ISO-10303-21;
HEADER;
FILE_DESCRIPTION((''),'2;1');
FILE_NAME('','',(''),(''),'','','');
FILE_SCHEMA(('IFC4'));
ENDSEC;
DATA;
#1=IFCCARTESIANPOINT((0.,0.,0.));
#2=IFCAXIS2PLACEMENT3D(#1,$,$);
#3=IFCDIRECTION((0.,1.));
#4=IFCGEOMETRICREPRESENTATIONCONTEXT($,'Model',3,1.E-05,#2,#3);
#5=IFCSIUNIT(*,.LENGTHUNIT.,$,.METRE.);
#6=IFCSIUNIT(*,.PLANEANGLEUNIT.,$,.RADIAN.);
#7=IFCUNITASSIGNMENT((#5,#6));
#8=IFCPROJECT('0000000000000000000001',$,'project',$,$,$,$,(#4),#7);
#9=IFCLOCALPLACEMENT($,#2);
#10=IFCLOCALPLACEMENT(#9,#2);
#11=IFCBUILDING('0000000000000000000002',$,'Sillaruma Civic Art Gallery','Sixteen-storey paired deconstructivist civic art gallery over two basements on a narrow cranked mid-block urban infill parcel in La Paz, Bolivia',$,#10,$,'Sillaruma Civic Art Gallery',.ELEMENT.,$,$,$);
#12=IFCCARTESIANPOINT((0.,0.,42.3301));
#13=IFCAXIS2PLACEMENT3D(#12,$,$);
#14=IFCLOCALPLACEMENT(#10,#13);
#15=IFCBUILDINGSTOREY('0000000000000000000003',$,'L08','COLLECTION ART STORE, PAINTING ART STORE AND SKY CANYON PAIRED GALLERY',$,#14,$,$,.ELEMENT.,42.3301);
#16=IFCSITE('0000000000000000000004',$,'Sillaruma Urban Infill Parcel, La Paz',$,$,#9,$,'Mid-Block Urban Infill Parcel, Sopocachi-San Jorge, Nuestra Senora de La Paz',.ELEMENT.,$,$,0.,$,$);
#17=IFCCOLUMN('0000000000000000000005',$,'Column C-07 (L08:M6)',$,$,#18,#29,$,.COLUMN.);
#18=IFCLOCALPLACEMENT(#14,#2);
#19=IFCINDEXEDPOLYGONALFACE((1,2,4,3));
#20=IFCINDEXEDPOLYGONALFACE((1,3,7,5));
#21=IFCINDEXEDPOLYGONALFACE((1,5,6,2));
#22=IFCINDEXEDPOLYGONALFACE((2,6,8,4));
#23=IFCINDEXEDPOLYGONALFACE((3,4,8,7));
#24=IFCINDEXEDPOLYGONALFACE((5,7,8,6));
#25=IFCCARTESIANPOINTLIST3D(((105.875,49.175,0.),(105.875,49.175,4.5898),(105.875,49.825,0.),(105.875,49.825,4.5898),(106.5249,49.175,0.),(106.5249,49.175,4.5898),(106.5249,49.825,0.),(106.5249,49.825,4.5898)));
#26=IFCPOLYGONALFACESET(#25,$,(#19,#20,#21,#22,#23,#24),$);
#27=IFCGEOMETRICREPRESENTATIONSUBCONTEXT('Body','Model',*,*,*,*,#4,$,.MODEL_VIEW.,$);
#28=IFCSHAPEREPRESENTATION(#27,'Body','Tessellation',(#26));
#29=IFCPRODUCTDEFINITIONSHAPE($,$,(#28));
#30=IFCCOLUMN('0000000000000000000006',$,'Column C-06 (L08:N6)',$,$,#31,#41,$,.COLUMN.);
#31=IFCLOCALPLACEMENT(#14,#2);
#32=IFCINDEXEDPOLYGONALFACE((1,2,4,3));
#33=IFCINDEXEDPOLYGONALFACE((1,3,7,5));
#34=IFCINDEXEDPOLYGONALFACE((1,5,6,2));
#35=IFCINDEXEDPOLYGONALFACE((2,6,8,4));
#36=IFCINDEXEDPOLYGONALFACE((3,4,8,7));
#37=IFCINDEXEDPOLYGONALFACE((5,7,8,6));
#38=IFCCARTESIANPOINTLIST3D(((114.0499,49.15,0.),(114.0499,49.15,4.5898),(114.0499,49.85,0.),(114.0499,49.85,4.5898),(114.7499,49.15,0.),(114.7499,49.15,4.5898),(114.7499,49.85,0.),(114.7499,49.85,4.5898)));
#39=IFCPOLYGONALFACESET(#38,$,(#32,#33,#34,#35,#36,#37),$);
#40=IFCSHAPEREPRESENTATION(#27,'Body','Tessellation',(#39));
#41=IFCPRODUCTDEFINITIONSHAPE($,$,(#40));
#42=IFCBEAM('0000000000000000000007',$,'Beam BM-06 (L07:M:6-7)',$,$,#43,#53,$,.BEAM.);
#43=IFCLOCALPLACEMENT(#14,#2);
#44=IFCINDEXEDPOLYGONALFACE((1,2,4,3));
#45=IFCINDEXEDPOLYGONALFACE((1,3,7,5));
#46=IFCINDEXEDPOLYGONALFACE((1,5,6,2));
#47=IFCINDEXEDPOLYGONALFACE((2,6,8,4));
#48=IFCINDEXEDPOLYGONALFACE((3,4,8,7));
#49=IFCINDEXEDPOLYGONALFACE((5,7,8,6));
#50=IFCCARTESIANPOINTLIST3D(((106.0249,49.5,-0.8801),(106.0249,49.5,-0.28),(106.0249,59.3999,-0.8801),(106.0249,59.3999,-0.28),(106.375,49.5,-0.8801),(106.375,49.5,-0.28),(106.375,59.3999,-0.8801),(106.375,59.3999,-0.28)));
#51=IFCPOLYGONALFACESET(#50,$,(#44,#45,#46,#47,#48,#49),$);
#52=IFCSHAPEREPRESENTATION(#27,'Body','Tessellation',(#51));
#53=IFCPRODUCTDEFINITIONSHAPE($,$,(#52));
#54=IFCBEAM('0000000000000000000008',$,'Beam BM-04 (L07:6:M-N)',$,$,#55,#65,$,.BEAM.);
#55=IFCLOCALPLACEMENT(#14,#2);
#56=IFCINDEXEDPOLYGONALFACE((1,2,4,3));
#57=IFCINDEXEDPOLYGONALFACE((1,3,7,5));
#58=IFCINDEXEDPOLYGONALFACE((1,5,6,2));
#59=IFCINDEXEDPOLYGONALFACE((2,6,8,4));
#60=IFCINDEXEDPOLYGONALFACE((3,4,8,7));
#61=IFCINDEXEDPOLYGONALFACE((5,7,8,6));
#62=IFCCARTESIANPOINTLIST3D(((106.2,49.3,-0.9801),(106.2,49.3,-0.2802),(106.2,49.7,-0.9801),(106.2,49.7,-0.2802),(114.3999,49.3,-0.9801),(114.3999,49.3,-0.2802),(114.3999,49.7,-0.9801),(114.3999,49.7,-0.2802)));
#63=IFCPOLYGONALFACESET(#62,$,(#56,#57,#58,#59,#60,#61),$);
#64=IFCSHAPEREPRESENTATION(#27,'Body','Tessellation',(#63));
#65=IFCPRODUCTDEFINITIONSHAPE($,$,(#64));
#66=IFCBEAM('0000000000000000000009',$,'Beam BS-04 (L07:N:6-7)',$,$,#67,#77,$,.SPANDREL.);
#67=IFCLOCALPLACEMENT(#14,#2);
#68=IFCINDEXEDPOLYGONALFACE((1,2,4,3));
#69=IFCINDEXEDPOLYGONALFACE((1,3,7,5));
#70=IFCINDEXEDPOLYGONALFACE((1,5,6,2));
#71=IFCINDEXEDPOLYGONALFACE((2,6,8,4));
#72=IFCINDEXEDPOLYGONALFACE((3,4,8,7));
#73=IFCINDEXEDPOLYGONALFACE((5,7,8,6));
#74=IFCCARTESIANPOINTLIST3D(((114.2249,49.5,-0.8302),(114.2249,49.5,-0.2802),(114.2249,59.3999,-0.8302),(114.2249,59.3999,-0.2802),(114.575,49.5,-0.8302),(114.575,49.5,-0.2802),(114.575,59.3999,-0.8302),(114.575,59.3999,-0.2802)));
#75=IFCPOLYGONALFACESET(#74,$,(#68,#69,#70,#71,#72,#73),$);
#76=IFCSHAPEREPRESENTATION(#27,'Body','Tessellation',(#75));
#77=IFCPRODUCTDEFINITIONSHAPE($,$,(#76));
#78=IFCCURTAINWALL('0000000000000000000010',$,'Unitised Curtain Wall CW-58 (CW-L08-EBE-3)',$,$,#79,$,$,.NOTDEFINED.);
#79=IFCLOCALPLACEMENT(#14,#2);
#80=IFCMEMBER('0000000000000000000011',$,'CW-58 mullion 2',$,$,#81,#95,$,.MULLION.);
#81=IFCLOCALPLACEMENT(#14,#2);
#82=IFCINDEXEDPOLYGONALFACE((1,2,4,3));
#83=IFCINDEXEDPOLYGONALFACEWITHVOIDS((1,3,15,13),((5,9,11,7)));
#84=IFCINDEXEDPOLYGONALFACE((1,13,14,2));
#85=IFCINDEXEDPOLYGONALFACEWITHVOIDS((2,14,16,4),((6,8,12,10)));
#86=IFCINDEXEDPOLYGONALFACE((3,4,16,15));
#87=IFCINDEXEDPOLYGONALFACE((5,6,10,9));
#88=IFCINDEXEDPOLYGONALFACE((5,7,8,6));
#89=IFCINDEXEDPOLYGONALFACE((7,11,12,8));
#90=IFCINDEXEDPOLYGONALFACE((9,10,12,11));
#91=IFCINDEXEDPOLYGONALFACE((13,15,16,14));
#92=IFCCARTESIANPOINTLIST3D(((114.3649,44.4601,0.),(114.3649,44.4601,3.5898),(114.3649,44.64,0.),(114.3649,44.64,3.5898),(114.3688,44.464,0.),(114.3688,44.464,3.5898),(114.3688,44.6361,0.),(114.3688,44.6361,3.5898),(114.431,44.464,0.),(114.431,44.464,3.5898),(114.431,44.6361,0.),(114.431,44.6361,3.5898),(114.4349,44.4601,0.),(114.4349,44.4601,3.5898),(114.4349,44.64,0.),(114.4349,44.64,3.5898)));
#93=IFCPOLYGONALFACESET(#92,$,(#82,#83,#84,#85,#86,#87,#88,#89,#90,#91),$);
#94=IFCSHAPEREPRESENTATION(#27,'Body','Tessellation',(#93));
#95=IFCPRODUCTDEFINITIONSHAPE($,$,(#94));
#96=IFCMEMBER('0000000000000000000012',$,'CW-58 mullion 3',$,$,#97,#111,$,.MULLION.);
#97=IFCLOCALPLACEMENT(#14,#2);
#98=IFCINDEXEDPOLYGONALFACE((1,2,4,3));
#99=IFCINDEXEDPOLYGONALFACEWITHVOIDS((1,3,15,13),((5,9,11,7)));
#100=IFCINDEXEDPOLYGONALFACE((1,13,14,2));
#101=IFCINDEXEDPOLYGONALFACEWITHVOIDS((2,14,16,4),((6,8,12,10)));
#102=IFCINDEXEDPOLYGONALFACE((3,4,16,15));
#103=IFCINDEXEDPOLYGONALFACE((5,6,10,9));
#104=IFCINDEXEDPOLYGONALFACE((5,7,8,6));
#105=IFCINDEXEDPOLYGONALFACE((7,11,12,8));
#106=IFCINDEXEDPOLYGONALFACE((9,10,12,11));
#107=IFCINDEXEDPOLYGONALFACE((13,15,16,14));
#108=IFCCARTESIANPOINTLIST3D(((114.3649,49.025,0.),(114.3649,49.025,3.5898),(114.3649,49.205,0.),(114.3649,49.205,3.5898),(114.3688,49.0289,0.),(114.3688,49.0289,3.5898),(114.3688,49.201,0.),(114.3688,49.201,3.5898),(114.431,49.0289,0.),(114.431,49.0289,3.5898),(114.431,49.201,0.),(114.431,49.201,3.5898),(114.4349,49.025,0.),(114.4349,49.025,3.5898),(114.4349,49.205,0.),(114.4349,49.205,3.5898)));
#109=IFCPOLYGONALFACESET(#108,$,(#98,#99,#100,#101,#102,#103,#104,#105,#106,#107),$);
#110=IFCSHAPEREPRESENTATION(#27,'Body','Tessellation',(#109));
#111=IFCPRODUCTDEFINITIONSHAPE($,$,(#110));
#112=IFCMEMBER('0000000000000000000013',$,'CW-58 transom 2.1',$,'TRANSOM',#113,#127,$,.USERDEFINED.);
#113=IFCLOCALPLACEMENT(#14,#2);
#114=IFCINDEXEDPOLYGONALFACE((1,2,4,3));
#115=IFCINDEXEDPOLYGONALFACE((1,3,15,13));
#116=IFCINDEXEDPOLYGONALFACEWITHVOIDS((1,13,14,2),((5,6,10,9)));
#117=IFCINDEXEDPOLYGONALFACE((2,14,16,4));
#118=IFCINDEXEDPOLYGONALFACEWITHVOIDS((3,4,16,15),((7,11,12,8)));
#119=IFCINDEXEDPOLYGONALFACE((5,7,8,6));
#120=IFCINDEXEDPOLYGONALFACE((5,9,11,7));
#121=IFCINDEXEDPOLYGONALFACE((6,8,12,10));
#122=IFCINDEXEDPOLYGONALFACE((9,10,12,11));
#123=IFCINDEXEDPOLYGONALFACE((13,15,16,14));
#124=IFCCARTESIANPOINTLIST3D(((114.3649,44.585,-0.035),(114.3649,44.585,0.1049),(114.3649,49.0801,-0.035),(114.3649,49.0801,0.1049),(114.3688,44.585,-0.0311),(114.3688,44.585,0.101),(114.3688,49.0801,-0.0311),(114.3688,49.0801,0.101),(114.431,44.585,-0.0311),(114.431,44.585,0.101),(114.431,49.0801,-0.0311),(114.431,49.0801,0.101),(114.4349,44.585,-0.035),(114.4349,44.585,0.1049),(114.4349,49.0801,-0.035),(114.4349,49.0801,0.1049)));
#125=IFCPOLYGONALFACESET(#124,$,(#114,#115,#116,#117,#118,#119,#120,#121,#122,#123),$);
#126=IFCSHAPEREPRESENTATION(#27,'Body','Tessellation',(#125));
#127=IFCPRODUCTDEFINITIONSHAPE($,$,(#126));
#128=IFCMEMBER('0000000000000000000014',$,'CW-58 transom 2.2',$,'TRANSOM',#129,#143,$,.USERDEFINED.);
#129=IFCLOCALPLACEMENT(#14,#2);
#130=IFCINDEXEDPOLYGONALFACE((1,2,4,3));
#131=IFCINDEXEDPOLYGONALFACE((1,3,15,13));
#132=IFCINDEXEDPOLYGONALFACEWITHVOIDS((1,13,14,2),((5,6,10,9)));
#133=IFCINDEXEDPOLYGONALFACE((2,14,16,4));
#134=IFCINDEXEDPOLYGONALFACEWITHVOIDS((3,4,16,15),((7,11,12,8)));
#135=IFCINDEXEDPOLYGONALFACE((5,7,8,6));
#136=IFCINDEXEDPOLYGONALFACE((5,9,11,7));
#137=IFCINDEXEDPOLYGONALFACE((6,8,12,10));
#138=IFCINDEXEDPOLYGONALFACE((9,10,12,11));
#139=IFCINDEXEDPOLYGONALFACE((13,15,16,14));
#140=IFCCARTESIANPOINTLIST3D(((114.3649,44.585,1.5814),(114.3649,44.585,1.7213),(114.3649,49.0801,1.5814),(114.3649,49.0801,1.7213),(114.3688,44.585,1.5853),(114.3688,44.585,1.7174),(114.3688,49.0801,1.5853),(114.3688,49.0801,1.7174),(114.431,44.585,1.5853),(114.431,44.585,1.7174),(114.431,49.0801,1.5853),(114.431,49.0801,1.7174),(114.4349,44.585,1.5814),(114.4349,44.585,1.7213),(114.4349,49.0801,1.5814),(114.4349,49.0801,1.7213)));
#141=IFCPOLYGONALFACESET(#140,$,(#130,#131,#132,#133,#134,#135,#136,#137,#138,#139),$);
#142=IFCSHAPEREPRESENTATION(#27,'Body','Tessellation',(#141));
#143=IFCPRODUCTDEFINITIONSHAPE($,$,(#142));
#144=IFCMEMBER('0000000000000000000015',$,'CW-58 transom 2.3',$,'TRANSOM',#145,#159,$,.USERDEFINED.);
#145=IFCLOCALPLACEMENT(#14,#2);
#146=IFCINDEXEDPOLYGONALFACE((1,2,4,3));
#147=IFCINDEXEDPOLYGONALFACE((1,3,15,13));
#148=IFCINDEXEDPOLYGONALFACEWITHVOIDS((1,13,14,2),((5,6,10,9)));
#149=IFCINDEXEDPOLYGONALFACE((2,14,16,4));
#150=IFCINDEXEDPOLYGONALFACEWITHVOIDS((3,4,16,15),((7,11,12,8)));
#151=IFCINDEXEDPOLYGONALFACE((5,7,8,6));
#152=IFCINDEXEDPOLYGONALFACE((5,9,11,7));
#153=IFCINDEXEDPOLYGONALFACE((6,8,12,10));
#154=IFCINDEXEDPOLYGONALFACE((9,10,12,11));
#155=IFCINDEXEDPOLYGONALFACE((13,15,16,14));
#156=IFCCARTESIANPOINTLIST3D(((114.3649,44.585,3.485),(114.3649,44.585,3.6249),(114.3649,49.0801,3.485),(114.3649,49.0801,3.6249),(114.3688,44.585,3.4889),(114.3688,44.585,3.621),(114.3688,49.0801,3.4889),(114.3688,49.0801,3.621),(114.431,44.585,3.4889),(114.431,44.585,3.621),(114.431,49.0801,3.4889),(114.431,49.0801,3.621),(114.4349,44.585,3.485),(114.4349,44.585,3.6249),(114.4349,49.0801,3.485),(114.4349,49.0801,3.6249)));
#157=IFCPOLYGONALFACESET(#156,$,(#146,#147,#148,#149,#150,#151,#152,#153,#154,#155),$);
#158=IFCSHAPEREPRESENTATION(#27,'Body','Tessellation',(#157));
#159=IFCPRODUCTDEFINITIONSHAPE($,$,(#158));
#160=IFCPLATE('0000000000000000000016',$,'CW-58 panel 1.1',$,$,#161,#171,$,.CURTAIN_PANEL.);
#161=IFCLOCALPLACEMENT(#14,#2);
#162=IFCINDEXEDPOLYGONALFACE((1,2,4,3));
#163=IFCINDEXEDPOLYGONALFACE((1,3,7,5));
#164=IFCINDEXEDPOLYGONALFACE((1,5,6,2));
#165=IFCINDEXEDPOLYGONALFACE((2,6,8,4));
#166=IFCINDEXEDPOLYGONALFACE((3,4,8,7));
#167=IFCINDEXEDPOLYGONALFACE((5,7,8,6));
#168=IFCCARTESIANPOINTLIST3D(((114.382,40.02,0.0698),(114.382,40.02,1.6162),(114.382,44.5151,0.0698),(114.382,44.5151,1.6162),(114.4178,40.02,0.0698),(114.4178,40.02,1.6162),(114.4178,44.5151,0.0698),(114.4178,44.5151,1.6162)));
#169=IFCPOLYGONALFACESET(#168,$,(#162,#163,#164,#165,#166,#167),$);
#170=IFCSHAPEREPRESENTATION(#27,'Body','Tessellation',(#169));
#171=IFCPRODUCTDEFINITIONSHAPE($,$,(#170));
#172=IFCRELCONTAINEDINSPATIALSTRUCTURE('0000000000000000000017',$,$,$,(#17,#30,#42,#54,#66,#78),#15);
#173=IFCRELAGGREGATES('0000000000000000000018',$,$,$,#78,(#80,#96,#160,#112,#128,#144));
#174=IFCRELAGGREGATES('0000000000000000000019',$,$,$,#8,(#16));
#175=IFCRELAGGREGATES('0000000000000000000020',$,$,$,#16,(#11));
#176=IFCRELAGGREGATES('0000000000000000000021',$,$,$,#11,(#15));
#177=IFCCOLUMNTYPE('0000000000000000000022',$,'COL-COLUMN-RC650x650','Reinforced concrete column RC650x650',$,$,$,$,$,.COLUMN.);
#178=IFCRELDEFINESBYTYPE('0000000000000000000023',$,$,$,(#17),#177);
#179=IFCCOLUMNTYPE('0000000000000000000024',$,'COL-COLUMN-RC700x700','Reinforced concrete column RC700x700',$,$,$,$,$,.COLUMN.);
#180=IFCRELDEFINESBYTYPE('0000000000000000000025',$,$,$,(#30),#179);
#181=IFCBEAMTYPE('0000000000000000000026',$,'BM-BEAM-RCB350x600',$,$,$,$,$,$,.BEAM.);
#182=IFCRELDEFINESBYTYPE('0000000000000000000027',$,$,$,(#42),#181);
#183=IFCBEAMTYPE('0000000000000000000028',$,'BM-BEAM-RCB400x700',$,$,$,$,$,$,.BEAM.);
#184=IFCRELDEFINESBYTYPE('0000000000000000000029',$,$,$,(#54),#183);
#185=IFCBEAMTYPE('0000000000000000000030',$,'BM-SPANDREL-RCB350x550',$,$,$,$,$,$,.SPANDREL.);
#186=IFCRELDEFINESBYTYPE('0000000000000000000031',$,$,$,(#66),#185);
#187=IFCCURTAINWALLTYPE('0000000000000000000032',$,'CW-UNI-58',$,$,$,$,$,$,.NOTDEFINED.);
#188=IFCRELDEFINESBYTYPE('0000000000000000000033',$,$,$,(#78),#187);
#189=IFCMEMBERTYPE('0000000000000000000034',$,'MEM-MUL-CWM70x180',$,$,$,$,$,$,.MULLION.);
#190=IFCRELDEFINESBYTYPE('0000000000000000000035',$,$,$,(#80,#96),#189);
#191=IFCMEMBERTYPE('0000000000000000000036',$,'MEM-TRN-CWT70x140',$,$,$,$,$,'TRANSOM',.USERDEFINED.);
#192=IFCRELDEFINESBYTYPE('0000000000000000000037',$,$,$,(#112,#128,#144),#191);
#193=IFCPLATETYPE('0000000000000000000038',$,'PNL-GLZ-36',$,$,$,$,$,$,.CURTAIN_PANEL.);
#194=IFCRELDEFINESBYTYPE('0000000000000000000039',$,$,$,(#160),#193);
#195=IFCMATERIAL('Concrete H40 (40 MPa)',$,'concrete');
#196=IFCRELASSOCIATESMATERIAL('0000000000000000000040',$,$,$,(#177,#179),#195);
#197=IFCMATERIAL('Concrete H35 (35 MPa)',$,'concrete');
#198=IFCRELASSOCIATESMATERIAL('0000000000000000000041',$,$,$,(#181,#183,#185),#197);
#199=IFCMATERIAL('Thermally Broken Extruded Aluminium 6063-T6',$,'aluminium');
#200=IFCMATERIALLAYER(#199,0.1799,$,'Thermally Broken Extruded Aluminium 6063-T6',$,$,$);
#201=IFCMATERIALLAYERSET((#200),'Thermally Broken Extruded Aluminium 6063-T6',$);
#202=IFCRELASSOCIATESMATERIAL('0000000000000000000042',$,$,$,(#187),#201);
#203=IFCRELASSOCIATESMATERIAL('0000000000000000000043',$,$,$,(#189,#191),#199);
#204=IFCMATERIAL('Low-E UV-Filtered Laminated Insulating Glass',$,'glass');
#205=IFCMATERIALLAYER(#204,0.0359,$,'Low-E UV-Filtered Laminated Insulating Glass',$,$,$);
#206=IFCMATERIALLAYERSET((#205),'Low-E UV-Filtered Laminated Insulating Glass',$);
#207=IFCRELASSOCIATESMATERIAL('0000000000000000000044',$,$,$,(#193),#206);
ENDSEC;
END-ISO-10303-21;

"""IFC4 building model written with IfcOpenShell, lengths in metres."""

from ifc_helpers import new_model, si_unit, direction, frame, origin, origin_2d, place, context, subcontext, project, spatial, rectangle, hollow_rectangle, extrude, material, layer, layer_set, material_profile, profile_set, type_object, element, aggregate, save


model = new_model("IFC4")

# Units and contexts
model_context = context("Model", 3, precision=1e-05, world=origin(), true_north=direction((0.0, 1.0)))
body_context = subcontext(model_context, "Body", "Model", "MODEL_VIEW")
ifc_project = project(units=[si_unit("LENGTHUNIT", "METRE"), si_unit("PLANEANGLEUNIT", "RADIAN")], contexts=[model_context])

# Site, building, storey
site_placement = place(None, origin())
site = spatial("IfcSite", under=ifc_project, at=site_placement, Name="Sillaruma Urban Infill Parcel, La Paz", LongName="Mid-Block Urban Infill Parcel, Sopocachi-San Jorge, Nuestra Senora de La Paz", CompositionType="ELEMENT", RefElevation=0.0)
building_placement = place(site_placement, origin())
building = spatial("IfcBuilding", under=site, at=building_placement, Name="Sillaruma Civic Art Gallery", Description="Sixteen-storey paired deconstructivist civic art gallery over two basements on a narrow cranked mid-block urban infill parcel in La Paz, Bolivia", LongName="Sillaruma Civic Art Gallery", CompositionType="ELEMENT")
storey_placement = place(building_placement, frame((0.0, 0.0, 42.3301)))
storey = spatial("IfcBuildingStorey", under=building, at=storey_placement, Name="L08", Description="COLLECTION ART STORE, PAINTING ART STORE AND SKY CANYON PAIRED GALLERY", CompositionType="ELEMENT", Elevation=42.3301)

# Columns
ifc_material_1 = material(Name="Concrete H40 (40 MPa)", Category="concrete")
ifc_material_profile_1 = material_profile(ifc_material_1, rectangle(XDim=0.6499, YDim=0.6499, at=origin_2d()), Name="RC650x650")
ifc_profile_set_1 = profile_set([ifc_material_profile_1], Name="Concrete H40 (40 MPa)")
column_type_1 = type_object("IfcColumnType", Name="COL-COLUMN-RC650x650", Description="Reinforced concrete column RC650x650", PredefinedType="COLUMN", material=ifc_profile_set_1)
column_1_placement = place(storey_placement, frame((106.2, 49.5, 0.0), z_axis=(0.0, 0.0, 1.0), x_axis=(1.0, 0.0, 0.0)))
element("IfcColumn", 1, at=column_1_placement, inside=storey, type_object=column_type_1, Name="Column C-07 (L08:M6)", PredefinedType="COLUMN", context=body_context, shape_type="SweptSolid", body=[
    extrude(rectangle(XDim=0.6499, YDim=0.6499, at=origin_2d()), origin(), (0.0, 0.0, 1.0), 4.5898),
])
ifc_material_profile_2 = material_profile(ifc_material_1, rectangle(XDim=0.7, YDim=0.7, at=origin_2d()), Name="RC700x700")
ifc_profile_set_2 = profile_set([ifc_material_profile_2], Name="Concrete H40 (40 MPa)")
column_type_2 = type_object("IfcColumnType", Name="COL-COLUMN-RC700x700", Description="Reinforced concrete column RC700x700", PredefinedType="COLUMN", material=ifc_profile_set_2)
column_2_placement = place(storey_placement, frame((114.3999, 49.5, 0.0), z_axis=(0.0, 0.0, 1.0), x_axis=(1.0, 0.0, 0.0)))
element("IfcColumn", 2, at=column_2_placement, inside=storey, type_object=column_type_2, Name="Column C-06 (L08:N6)", PredefinedType="COLUMN", context=body_context, shape_type="SweptSolid", body=[
    extrude(rectangle(XDim=0.7, YDim=0.7, at=origin_2d()), origin(), (0.0, 0.0, 1.0), 4.5898),
])

# Beams
ifc_material_2 = material(Name="Concrete H35 (35 MPa)", Category="concrete")
ifc_material_profile_3 = material_profile(ifc_material_2, rectangle(XDim=0.3501, YDim=0.6001, at=origin_2d()), Name="RCB350x600")
ifc_profile_set_3 = profile_set([ifc_material_profile_3], Name="Concrete H35 (35 MPa)")
beam_type_1 = type_object("IfcBeamType", Name="BM-BEAM-RCB350x600", PredefinedType="BEAM", material=ifc_profile_set_3)
beam_1_placement = place(storey_placement, frame((106.2, 49.5, -0.5801), z_axis=(0.0, 1.0, 0.0), x_axis=(-1.0, 0.0, 0.0)))
element("IfcBeam", 3, at=beam_1_placement, inside=storey, type_object=beam_type_1, Name="Beam BM-06 (L07:M:6-7)", PredefinedType="BEAM", context=body_context, shape_type="SweptSolid", body=[
    extrude(rectangle(XDim=0.3501, YDim=0.6001, at=origin_2d()), origin(), (0.0, 0.0, 1.0), 9.8999),
])
ifc_material_profile_4 = material_profile(ifc_material_2, rectangle(XDim=0.3999, YDim=0.7, at=origin_2d()), Name="RCB400x700")
ifc_profile_set_4 = profile_set([ifc_material_profile_4], Name="Concrete H35 (35 MPa)")
beam_type_2 = type_object("IfcBeamType", Name="BM-BEAM-RCB400x700", PredefinedType="BEAM", material=ifc_profile_set_4)
beam_2_placement = place(storey_placement, frame((106.2, 49.5, -0.6301), z_axis=(1.0, 0.0, 0.0), x_axis=(0.0, 1.0, 0.0)))
element("IfcBeam", 4, at=beam_2_placement, inside=storey, type_object=beam_type_2, Name="Beam BM-04 (L07:6:M-N)", PredefinedType="BEAM", context=body_context, shape_type="SweptSolid", body=[
    extrude(rectangle(XDim=0.3999, YDim=0.7, at=origin_2d()), origin(), (0.0, 0.0, 1.0), 8.2),
])
ifc_material_profile_5 = material_profile(ifc_material_2, rectangle(XDim=0.3501, YDim=0.55, at=origin_2d()), Name="RCB350x550")
ifc_profile_set_5 = profile_set([ifc_material_profile_5], Name="Concrete H35 (35 MPa)")
beam_type_3 = type_object("IfcBeamType", Name="BM-SPANDREL-RCB350x550", PredefinedType="SPANDREL", material=ifc_profile_set_5)
beam_3_placement = place(storey_placement, frame((114.3999, 49.5, -0.5552), z_axis=(0.0, 1.0, 0.0), x_axis=(-1.0, 0.0, 0.0)))
element("IfcBeam", 5, at=beam_3_placement, inside=storey, type_object=beam_type_3, Name="Beam BS-04 (L07:N:6-7)", PredefinedType="SPANDREL", context=body_context, shape_type="SweptSolid", body=[
    extrude(rectangle(XDim=0.3501, YDim=0.55, at=origin_2d()), origin(), (0.0, 0.0, 1.0), 9.8999),
])

# Curtain wall, members, plate
ifc_material_3 = material(Name="Thermally Broken Extruded Aluminium 6063-T6", Category="aluminium")
ifc_layer_1 = layer(ifc_material_3, 0.1799, Name="Thermally Broken Extruded Aluminium 6063-T6")
ifc_layer_set_1 = layer_set([ifc_layer_1], Name="Thermally Broken Extruded Aluminium 6063-T6")
curtain_wall_type = type_object("IfcCurtainWallType", Name="CW-UNI-58", PredefinedType="NOTDEFINED", material=ifc_layer_set_1)
curtain_wall_placement = place(storey_placement, origin())
curtain_wall = element("IfcCurtainWall", 6, at=curtain_wall_placement, inside=storey, type_object=curtain_wall_type, Name="Unitised Curtain Wall CW-58 (CW-L08-EBE-3)", PredefinedType="NOTDEFINED")
ifc_material_profile_6 = material_profile(ifc_material_3, hollow_rectangle(XDim=0.0701, YDim=0.1799, WallThickness=0.0039, at=origin_2d()), Name="CWM70x180")
ifc_profile_set_6 = profile_set([ifc_material_profile_6], Name="Thermally Broken Extruded Aluminium 6063-T6")
member_type_1 = type_object("IfcMemberType", Name="MEM-MUL-CWM70x180", PredefinedType="MULLION", material=ifc_profile_set_6)
member_1_placement = place(storey_placement, frame((114.3999, 44.55, 0.0), z_axis=(0.0, 0.0, 1.0), x_axis=(-1.0, 0.0, 0.0)))
member_1 = element("IfcMember", 7, at=member_1_placement, type_object=member_type_1, Name="CW-58 mullion 2", PredefinedType="MULLION", context=body_context, shape_type="SweptSolid", body=[
    extrude(hollow_rectangle(XDim=0.0701, YDim=0.1799, WallThickness=0.0039, at=origin_2d()), origin(), (0.0, 0.0, 1.0), 3.5898),
])
member_2_placement = place(storey_placement, frame((114.3999, 49.115, 0.0), z_axis=(0.0, 0.0, 1.0), x_axis=(-1.0, 0.0, 0.0)))
member_2 = element("IfcMember", 8, at=member_2_placement, type_object=member_type_1, Name="CW-58 mullion 3", PredefinedType="MULLION", context=body_context, shape_type="SweptSolid", body=[
    extrude(hollow_rectangle(XDim=0.0701, YDim=0.1799, WallThickness=0.0039, at=origin_2d()), origin(), (0.0, 0.0, 1.0), 3.5898),
])
ifc_material_profile_7 = material_profile(ifc_material_3, hollow_rectangle(XDim=0.0701, YDim=0.1399, WallThickness=0.0039, at=origin_2d()), Name="CWT70x140")
ifc_profile_set_7 = profile_set([ifc_material_profile_7], Name="Thermally Broken Extruded Aluminium 6063-T6")
member_type_2 = type_object("IfcMemberType", Name="MEM-TRN-CWT70x140", ElementType="TRANSOM", PredefinedType="USERDEFINED", material=ifc_profile_set_7)
member_3_placement = place(storey_placement, frame((114.3999, 44.585, 0.0349), z_axis=(0.0, 1.0, 0.0), x_axis=(-1.0, 0.0, 0.0)))
member_3 = element("IfcMember", 9, at=member_3_placement, type_object=member_type_2, Name="CW-58 transom 2.1", ObjectType="TRANSOM", PredefinedType="USERDEFINED", context=body_context, shape_type="SweptSolid", body=[
    extrude(hollow_rectangle(XDim=0.0701, YDim=0.1399, WallThickness=0.0039, at=origin_2d()), origin(), (0.0, 0.0, 1.0), 4.4951),
])
member_4_placement = place(storey_placement, frame((114.3999, 44.585, 1.6514), z_axis=(0.0, 1.0, 0.0), x_axis=(-1.0, 0.0, 0.0)))
member_4 = element("IfcMember", 10, at=member_4_placement, type_object=member_type_2, Name="CW-58 transom 2.2", ObjectType="TRANSOM", PredefinedType="USERDEFINED", context=body_context, shape_type="SweptSolid", body=[
    extrude(hollow_rectangle(XDim=0.0701, YDim=0.1399, WallThickness=0.0039, at=origin_2d()), origin(), (0.0, 0.0, 1.0), 4.4951),
])
member_5_placement = place(storey_placement, frame((114.3999, 44.585, 3.5549), z_axis=(0.0, 1.0, 0.0), x_axis=(-1.0, 0.0, 0.0)))
member_5 = element("IfcMember", 11, at=member_5_placement, type_object=member_type_2, Name="CW-58 transom 2.3", ObjectType="TRANSOM", PredefinedType="USERDEFINED", context=body_context, shape_type="SweptSolid", body=[
    extrude(hollow_rectangle(XDim=0.0701, YDim=0.1399, WallThickness=0.0039, at=origin_2d()), origin(), (0.0, 0.0, 1.0), 4.4951),
])
ifc_material_4 = material(Name="Low-E UV-Filtered Laminated Insulating Glass", Category="glass")
ifc_layer_2 = layer(ifc_material_4, 0.0359, Name="Low-E UV-Filtered Laminated Insulating Glass")
ifc_layer_set_2 = layer_set([ifc_layer_2], Name="Low-E UV-Filtered Laminated Insulating Glass")
plate_type = type_object("IfcPlateType", Name="PNL-GLZ-36", PredefinedType="CURTAIN_PANEL", material=ifc_layer_set_2)
plate_1_placement = place(storey_placement, frame((114.3999, 42.2676, 0.0698), z_axis=(0.0, 0.0, 1.0), x_axis=(0.0, 1.0, 0.0)))
plate_1 = element("IfcPlate", 12, at=plate_1_placement, type_object=plate_type, Name="CW-58 panel 1.1", PredefinedType="CURTAIN_PANEL", context=body_context, shape_type="SweptSolid", body=[
    extrude(rectangle(XDim=4.4951, YDim=0.0359, at=origin_2d()), origin(), (0.0, 0.0, 1.0), 1.5464),
])
aggregate(curtain_wall, [member_1, member_2, plate_1, member_3, member_4, member_5])

save(model, "model.ifc")
